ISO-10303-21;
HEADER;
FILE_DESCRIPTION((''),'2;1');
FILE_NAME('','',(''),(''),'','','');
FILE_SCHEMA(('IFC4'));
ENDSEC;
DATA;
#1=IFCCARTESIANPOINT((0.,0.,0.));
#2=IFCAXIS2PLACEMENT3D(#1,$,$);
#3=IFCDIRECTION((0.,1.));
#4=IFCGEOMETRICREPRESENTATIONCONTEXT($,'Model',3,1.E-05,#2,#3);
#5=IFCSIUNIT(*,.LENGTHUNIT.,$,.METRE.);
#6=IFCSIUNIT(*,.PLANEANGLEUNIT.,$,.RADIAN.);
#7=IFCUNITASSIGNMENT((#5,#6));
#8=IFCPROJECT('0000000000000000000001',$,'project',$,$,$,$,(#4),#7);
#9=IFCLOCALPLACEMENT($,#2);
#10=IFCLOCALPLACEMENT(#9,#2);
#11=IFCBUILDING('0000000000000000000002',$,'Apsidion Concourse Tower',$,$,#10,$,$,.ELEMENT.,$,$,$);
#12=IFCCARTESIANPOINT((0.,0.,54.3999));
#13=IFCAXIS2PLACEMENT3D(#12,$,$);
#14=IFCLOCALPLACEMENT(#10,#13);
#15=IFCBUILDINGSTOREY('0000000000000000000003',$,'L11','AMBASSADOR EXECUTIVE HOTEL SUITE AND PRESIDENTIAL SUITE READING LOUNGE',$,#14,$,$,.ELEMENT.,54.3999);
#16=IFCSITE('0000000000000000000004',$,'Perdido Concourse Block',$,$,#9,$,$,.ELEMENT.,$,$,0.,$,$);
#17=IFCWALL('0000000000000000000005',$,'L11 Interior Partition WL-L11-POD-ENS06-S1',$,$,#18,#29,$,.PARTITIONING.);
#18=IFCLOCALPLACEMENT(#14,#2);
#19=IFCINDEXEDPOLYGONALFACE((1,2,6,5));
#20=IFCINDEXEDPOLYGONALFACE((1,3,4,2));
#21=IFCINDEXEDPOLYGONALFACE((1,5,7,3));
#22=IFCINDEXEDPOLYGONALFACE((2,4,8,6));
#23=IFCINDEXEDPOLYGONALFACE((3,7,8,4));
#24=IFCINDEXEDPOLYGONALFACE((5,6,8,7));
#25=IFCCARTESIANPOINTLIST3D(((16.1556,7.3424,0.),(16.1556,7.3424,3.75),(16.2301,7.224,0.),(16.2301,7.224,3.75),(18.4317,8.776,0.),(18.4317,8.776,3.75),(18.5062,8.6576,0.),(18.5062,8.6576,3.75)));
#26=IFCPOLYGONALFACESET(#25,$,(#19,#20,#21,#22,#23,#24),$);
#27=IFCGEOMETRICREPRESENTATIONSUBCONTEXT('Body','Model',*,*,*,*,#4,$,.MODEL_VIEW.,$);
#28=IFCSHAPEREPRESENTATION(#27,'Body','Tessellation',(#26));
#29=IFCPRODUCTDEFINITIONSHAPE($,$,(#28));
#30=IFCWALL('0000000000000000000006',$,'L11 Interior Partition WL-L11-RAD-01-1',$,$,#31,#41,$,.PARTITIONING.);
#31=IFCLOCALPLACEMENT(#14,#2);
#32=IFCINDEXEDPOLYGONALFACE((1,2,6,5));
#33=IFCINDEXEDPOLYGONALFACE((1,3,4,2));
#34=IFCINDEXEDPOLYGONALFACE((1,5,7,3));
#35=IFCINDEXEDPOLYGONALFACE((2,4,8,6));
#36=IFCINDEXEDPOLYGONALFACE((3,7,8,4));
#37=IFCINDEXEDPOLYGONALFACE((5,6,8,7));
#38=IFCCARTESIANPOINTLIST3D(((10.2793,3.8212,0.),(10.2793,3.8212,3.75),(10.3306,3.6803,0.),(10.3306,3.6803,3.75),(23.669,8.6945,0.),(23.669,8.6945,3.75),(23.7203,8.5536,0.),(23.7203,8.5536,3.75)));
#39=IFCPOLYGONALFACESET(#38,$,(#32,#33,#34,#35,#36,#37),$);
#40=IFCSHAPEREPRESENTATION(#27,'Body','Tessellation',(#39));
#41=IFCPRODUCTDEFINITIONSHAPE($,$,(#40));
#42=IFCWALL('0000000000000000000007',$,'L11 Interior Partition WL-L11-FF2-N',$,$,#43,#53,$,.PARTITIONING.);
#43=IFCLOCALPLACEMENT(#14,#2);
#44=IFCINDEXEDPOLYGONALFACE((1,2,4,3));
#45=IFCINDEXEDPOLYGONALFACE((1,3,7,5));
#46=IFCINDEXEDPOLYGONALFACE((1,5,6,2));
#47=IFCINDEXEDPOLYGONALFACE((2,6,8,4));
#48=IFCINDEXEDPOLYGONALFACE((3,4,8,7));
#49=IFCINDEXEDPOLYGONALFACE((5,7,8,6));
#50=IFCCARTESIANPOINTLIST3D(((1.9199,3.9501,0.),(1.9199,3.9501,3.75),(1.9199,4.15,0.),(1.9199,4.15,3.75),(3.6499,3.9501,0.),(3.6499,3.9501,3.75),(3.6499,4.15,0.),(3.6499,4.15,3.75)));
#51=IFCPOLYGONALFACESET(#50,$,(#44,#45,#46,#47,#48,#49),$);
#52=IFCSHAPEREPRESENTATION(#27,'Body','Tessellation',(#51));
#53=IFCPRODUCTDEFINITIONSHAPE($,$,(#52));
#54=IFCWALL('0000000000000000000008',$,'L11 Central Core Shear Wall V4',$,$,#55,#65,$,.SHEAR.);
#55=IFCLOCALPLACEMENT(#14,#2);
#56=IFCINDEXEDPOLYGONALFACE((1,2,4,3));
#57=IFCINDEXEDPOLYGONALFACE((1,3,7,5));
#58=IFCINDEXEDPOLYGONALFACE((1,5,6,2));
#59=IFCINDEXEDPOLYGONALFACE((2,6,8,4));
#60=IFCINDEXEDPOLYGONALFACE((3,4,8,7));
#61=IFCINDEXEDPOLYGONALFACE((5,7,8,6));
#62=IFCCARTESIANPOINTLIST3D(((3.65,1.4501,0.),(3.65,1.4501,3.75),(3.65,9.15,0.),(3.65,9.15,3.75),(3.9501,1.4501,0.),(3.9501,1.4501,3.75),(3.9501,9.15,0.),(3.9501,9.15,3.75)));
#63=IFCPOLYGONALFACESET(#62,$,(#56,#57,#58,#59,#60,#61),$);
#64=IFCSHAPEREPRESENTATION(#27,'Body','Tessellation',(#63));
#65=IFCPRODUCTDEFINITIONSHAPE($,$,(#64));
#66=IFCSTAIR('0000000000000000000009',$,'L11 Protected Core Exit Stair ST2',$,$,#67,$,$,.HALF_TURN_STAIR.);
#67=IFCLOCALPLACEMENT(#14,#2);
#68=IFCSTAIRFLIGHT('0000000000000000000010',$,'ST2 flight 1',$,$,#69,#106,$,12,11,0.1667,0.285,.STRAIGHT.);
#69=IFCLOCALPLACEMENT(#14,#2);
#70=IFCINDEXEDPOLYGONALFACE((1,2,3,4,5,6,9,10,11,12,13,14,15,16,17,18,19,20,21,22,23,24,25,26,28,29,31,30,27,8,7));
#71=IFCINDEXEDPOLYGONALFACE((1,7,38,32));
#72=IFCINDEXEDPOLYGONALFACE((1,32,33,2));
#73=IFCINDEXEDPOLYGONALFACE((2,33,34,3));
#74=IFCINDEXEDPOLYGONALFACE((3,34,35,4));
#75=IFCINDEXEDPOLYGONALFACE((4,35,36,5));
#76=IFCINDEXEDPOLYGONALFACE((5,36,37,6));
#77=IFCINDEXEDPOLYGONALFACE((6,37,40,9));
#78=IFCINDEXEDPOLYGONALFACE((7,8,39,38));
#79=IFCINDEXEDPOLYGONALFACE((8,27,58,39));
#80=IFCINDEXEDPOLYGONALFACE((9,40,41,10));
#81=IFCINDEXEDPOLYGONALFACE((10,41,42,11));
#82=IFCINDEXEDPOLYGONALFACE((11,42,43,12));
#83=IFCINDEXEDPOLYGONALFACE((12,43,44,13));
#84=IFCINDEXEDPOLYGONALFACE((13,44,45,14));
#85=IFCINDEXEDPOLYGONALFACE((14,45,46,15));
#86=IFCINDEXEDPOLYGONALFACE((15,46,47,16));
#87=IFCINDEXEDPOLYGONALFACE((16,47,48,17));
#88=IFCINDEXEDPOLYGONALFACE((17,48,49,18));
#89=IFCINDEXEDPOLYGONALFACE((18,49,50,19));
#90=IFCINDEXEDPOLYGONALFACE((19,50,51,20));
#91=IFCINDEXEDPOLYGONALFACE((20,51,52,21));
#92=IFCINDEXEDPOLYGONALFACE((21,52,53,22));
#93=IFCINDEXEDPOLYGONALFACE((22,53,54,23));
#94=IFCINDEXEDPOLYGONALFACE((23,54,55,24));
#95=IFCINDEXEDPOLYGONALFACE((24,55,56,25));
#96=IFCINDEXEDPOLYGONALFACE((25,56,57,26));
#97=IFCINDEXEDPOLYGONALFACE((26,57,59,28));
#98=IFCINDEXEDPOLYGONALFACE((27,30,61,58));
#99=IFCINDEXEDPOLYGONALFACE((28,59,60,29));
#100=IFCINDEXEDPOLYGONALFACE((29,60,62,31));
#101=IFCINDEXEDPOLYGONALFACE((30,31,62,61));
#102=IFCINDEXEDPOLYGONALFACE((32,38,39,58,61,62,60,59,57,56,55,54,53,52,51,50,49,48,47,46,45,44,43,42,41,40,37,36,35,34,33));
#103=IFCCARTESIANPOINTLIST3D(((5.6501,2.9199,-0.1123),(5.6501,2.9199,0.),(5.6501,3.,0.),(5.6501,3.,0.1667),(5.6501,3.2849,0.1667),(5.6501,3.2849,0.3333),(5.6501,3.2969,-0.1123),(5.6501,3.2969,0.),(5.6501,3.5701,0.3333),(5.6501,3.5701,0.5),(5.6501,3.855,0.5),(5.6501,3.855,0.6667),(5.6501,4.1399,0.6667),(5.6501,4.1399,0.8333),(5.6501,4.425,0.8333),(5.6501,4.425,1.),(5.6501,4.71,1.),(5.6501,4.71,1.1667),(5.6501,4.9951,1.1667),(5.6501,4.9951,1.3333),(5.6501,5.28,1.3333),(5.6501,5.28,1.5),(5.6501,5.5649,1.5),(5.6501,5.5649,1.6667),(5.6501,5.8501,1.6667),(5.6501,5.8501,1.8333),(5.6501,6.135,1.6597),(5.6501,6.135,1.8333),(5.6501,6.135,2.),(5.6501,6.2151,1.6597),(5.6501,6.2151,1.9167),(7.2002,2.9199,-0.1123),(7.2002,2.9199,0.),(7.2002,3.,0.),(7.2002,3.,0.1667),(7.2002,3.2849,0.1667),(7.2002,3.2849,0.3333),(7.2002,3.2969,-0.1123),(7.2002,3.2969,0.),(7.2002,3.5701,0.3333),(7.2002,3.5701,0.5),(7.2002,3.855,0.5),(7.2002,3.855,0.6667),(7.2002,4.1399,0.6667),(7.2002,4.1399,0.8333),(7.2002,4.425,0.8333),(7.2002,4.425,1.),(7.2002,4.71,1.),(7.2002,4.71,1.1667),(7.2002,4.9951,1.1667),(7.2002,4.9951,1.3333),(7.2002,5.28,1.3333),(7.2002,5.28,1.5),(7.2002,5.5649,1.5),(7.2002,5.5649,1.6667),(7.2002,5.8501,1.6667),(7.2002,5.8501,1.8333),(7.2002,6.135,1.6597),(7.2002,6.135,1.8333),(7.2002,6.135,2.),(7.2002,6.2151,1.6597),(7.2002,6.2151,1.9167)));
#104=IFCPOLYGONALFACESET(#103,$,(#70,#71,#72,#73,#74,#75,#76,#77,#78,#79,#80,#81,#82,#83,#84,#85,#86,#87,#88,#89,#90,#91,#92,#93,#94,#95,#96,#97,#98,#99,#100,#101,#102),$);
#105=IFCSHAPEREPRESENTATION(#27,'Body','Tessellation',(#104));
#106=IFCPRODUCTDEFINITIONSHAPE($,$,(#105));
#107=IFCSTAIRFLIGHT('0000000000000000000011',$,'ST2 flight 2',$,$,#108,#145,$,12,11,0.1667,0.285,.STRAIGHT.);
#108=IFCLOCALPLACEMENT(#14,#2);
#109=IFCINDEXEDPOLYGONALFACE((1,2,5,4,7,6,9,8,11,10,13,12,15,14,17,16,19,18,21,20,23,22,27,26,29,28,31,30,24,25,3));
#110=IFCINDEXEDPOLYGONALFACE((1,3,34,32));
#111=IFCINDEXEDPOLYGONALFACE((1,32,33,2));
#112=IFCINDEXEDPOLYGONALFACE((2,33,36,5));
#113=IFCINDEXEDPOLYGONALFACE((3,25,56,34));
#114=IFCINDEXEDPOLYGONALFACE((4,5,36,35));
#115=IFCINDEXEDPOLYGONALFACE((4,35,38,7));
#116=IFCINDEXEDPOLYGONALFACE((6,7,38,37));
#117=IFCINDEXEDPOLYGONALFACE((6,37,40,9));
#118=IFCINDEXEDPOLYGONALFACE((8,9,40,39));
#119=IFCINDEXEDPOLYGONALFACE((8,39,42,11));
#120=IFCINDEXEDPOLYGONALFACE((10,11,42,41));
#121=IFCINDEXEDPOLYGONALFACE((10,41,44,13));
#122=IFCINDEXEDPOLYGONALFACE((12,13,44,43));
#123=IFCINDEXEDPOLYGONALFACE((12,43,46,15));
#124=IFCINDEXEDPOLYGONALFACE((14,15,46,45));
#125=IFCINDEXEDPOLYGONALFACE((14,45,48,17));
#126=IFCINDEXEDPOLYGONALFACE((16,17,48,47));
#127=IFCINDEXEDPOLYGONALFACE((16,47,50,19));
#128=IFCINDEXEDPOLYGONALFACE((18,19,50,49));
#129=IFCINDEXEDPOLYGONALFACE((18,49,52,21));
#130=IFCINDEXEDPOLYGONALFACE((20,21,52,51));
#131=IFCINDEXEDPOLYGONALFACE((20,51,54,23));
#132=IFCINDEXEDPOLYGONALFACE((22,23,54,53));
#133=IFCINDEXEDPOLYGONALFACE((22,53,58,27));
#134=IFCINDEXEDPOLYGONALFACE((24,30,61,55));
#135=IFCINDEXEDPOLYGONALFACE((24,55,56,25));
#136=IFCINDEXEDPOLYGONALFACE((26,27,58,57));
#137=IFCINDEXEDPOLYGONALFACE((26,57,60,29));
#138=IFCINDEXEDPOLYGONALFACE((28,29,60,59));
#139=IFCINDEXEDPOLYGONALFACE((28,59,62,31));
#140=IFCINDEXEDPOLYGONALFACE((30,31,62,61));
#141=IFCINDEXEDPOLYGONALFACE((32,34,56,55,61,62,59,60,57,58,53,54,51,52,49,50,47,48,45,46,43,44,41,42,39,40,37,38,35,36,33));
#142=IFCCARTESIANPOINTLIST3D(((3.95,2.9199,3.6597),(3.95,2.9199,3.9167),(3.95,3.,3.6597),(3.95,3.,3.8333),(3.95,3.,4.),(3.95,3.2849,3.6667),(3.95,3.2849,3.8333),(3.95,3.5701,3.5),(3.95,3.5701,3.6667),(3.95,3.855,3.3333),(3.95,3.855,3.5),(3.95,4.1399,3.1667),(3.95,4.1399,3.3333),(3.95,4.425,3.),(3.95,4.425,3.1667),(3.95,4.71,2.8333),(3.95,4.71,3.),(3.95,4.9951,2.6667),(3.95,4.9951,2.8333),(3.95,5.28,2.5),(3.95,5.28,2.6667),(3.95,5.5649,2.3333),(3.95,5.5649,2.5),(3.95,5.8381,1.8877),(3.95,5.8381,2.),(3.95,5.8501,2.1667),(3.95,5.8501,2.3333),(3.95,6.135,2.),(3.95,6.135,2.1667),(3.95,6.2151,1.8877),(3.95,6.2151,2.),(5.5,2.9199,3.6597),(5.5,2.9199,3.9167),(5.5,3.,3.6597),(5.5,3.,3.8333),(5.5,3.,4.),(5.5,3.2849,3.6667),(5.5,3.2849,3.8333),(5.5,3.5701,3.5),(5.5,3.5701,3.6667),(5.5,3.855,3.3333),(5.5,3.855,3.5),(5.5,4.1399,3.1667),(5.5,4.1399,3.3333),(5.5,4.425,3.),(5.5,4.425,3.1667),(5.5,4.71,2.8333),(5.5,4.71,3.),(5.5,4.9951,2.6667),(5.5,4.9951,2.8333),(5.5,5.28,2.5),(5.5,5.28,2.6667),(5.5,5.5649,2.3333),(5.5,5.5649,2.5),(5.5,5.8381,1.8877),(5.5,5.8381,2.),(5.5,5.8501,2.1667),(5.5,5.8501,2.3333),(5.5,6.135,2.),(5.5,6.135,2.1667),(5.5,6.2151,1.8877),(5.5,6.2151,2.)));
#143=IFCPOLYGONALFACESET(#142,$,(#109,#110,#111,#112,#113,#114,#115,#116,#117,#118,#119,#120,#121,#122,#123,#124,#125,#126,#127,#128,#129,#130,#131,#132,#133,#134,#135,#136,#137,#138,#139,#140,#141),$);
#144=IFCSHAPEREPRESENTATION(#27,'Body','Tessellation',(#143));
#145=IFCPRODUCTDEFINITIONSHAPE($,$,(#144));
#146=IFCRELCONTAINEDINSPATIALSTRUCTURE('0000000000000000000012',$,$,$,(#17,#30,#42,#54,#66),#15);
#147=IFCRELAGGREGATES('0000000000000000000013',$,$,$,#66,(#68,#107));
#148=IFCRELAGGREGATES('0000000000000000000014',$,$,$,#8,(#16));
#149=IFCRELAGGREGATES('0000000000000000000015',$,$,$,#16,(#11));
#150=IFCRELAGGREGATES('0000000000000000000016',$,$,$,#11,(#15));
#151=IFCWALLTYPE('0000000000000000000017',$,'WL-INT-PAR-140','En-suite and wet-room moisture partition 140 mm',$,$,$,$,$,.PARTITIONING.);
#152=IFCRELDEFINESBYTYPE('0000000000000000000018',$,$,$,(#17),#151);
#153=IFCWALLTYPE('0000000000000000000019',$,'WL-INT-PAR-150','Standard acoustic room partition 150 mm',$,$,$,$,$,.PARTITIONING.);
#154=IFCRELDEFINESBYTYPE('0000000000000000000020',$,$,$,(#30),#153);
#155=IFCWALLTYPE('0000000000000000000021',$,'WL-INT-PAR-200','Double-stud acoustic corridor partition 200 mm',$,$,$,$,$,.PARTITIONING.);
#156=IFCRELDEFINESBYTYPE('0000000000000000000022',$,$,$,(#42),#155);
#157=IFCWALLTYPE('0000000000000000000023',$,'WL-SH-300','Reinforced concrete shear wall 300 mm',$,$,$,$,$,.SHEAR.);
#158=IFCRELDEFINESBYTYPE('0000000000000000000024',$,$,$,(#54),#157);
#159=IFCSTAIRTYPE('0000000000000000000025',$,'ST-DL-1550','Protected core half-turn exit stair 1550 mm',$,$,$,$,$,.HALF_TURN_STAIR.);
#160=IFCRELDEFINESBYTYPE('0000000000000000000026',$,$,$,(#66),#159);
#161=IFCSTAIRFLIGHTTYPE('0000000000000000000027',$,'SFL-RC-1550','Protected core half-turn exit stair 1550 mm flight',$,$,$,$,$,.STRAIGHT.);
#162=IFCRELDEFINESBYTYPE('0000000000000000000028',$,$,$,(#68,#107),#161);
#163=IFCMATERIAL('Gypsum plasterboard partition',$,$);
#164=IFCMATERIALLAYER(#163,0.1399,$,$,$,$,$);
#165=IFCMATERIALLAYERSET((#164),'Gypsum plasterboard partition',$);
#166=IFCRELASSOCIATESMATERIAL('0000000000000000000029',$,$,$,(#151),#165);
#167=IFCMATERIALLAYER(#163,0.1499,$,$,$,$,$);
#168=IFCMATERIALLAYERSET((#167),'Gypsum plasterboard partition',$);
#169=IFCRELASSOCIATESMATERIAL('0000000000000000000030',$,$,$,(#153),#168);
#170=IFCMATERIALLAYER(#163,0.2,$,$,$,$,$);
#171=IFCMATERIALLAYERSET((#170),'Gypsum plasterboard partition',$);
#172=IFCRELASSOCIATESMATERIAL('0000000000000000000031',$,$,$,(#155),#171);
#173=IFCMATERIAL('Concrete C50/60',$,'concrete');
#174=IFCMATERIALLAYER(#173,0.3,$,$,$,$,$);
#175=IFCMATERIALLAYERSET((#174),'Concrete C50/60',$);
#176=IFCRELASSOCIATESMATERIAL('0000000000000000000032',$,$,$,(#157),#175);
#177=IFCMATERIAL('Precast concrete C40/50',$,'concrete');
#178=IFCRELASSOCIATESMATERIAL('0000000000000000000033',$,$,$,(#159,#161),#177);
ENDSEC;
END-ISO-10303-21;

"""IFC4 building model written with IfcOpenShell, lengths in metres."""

from ifc_helpers import new_model, si_unit, direction, frame, frame_2d, origin, place, context, subcontext, project, spatial, polyline, rectangle, outline, extrude, material, layer, layer_set, type_object, element, aggregate, save


model = new_model("IFC4")

# Units and contexts
model_context = context("Model", 3, precision=1e-05, world=origin(), true_north=direction((0.0, 1.0)))
body_context = subcontext(model_context, "Body", "Model", "MODEL_VIEW")
ifc_project = project(units=[si_unit("LENGTHUNIT", "METRE"), si_unit("PLANEANGLEUNIT", "RADIAN")], contexts=[model_context])

# Site, building, storey
site_placement = place(None, origin())
site = spatial("IfcSite", under=ifc_project, at=site_placement, Name="Perdido Concourse Block", CompositionType="ELEMENT", RefElevation=0.0)
building_placement = place(site_placement, origin())
building = spatial("IfcBuilding", under=site, at=building_placement, Name="Apsidion Concourse Tower", CompositionType="ELEMENT")
storey_placement = place(building_placement, frame((0.0, 0.0, 54.3999)))
storey = spatial("IfcBuildingStorey", under=building, at=storey_placement, Name="L11", Description="AMBASSADOR EXECUTIVE HOTEL SUITE AND PRESIDENTIAL SUITE READING LOUNGE", CompositionType="ELEMENT", Elevation=54.3999)

# Shared definitions
ifc_material_1 = material(Name="Concrete C50/60", Category="concrete")

# Walls
ifc_material_2 = material(Name="Gypsum plasterboard partition")
ifc_layer_1 = layer(ifc_material_2, 0.1399)
ifc_layer_set_1 = layer_set([ifc_layer_1], Name="Gypsum plasterboard partition")
wall_type_1 = type_object("IfcWallType", Name="WL-INT-PAR-140", Description="En-suite and wet-room moisture partition 140 mm", PredefinedType="PARTITIONING", material=ifc_layer_set_1)
wall_1_placement = place(storey_placement, frame((16.1929, 7.2832, 0.0), z_axis=(0.0, 0.0, 1.0), x_axis=(0.846153, 0.532941, 0.0)))
element("IfcWall", 1, at=wall_1_placement, inside=storey, type_object=wall_type_1, Name="L11 Interior Partition WL-L11-POD-ENS06-S1", PredefinedType="PARTITIONING", context=body_context, shape_type="SweptSolid", body=[
    extrude(rectangle(XDim=2.6899, YDim=0.1399, at=frame_2d((1.345, 0.0))), origin(), (0.0, 0.0, 1.0), 3.75),
])
ifc_layer_2 = layer(ifc_material_2, 0.1499)
ifc_layer_set_2 = layer_set([ifc_layer_2], Name="Gypsum plasterboard partition")
wall_type_2 = type_object("IfcWallType", Name="WL-INT-PAR-150", Description="Standard acoustic room partition 150 mm", PredefinedType="PARTITIONING", material=ifc_layer_set_2)
wall_2_placement = place(storey_placement, frame((10.3049, 3.7507, 0.0), z_axis=(0.0, 0.0, 1.0), x_axis=(0.939696, 0.342011, 0.0)))
element("IfcWall", 2, at=wall_2_placement, inside=storey, type_object=wall_type_2, Name="L11 Interior Partition WL-L11-RAD-01-1", PredefinedType="PARTITIONING", context=body_context, shape_type="SweptSolid", body=[
    extrude(rectangle(XDim=14.249, YDim=0.1499, at=frame_2d((7.1245, 0.0))), origin(), (0.0, 0.0, 1.0), 3.75),
])
ifc_layer_3 = layer(ifc_material_2, 0.2)
ifc_layer_set_3 = layer_set([ifc_layer_3], Name="Gypsum plasterboard partition")
wall_type_3 = type_object("IfcWallType", Name="WL-INT-PAR-200", Description="Double-stud acoustic corridor partition 200 mm", PredefinedType="PARTITIONING", material=ifc_layer_set_3)
wall_3_placement = place(storey_placement, frame((1.9199, 4.05, 0.0), z_axis=(0.0, 0.0, 1.0), x_axis=(1.0, 0.0, 0.0)))
element("IfcWall", 3, at=wall_3_placement, inside=storey, type_object=wall_type_3, Name="L11 Interior Partition WL-L11-FF2-N", PredefinedType="PARTITIONING", context=body_context, shape_type="SweptSolid", body=[
    extrude(rectangle(XDim=1.73, YDim=0.2, at=frame_2d((0.865, 0.0))), origin(), (0.0, 0.0, 1.0), 3.75),
])
ifc_layer_4 = layer(ifc_material_1, 0.3)
ifc_layer_set_4 = layer_set([ifc_layer_4], Name="Concrete C50/60")
wall_type_4 = type_object("IfcWallType", Name="WL-SH-300", Description="Reinforced concrete shear wall 300 mm", PredefinedType="SHEAR", material=ifc_layer_set_4)
wall_4_placement = place(storey_placement, frame((3.8, 1.45, 0.0), z_axis=(0.0, 0.0, 1.0), x_axis=(0.0, 1.0, 0.0)))
element("IfcWall", 4, at=wall_4_placement, inside=storey, type_object=wall_type_4, Name="L11 Central Core Shear Wall V4", PredefinedType="SHEAR", context=body_context, shape_type="SweptSolid", body=[
    extrude(rectangle(XDim=7.7, YDim=0.3, at=frame_2d((3.8501, 0.0))), origin(), (0.0, 0.0, 1.0), 3.75),
])

# Stair, stair flights
ifc_material_3 = material(Name="Precast concrete C40/50", Category="concrete")
stair_type = type_object("IfcStairType", Name="ST-DL-1550", Description="Protected core half-turn exit stair 1550 mm", PredefinedType="HALF_TURN_STAIR", material=ifc_material_3)
stair_1_placement = place(storey_placement, origin())
stair_1 = element("IfcStair", 5, at=stair_1_placement, inside=storey, type_object=stair_type, Name="L11 Protected Core Exit Stair ST2", PredefinedType="HALF_TURN_STAIR")
stair_flight_type = type_object("IfcStairFlightType", Name="SFL-RC-1550", Description="Protected core half-turn exit stair 1550 mm flight", PredefinedType="STRAIGHT", material=ifc_material_3)
stair_flight_1_placement = place(storey_placement, frame((6.425, 3.0, 0.0), z_axis=(0.0, 0.0, 1.0), x_axis=(0.0, 1.0, 0.0)))
stair_flight_1 = element("IfcStairFlight", 6, at=stair_flight_1_placement, type_object=stair_flight_type, Name="ST2 flight 1", NumberOfRisers=12, NumberOfTreads=11, PredefinedType="STRAIGHT", RiserHeight=0.1667, TreadLength=0.285, context=body_context, shape_type="SweptSolid", body=[
    extrude(outline(polyline([(-0.0801, -0.1123), (-0.0801, 0.0), (0.0, 0.0), (0.0, 0.1667), (0.2849, 0.1667), (0.2849, 0.3333), (0.5701, 0.3333), (0.5701, 0.5), (0.855, 0.5), (0.855, 0.6667), (1.1399, 0.6667), (1.1399, 0.8333), (1.425, 0.8333), (1.425, 1.0), (1.71, 1.0), (1.71, 1.1667), (1.9951, 1.1667), (1.9951, 1.3333), (2.28, 1.3333), (2.28, 1.5), (2.5649, 1.5), (2.5649, 1.6667), (2.8501, 1.6667), (2.8501, 1.8333), (3.135, 1.8333), (3.135, 2.0), (3.2151, 1.9167), (3.2151, 1.6597), (3.135, 1.6597), (0.2969, 0.0), (0.2969, -0.1123), (-0.0801, -0.1123)])), frame((0.0, 0.7749, 0.0), z_axis=(0.0, -1.0, 0.0), x_axis=(1.0, 0.0, 0.0)), (0.0, 0.0, 1.0), 1.55),
])
stair_flight_2_placement = place(storey_placement, frame((4.7251, 6.135, 2.0), z_axis=(0.0, 0.0, 1.0), x_axis=(0.0, -1.0, 0.0)))
stair_flight_2 = element("IfcStairFlight", 7, at=stair_flight_2_placement, type_object=stair_flight_type, Name="ST2 flight 2", NumberOfRisers=12, NumberOfTreads=11, PredefinedType="STRAIGHT", RiserHeight=0.1667, TreadLength=0.285, context=body_context, shape_type="SweptSolid", body=[
    extrude(outline(polyline([(-0.0801, -0.1123), (-0.0801, 0.0), (0.0, 0.0), (0.0, 0.1667), (0.2849, 0.1667), (0.2849, 0.3333), (0.5701, 0.3333), (0.5701, 0.5), (0.855, 0.5), (0.855, 0.6667), (1.1399, 0.6667), (1.1399, 0.8333), (1.425, 0.8333), (1.425, 1.0), (1.71, 1.0), (1.71, 1.1667), (1.9951, 1.1667), (1.9951, 1.3333), (2.28, 1.3333), (2.28, 1.5), (2.5649, 1.5), (2.5649, 1.6667), (2.8501, 1.6667), (2.8501, 1.8333), (3.135, 1.8333), (3.135, 2.0), (3.2151, 1.9167), (3.2151, 1.6597), (3.135, 1.6597), (0.2969, 0.0), (0.2969, -0.1123), (-0.0801, -0.1123)])), frame((0.0, 0.7749, 0.0), z_axis=(0.0, -1.0, 0.0), x_axis=(1.0, 0.0, 0.0)), (0.0, 0.0, 1.0), 1.55),
])
aggregate(stair_1, [stair_flight_1, stair_flight_2])

save(model, "model.ifc")
